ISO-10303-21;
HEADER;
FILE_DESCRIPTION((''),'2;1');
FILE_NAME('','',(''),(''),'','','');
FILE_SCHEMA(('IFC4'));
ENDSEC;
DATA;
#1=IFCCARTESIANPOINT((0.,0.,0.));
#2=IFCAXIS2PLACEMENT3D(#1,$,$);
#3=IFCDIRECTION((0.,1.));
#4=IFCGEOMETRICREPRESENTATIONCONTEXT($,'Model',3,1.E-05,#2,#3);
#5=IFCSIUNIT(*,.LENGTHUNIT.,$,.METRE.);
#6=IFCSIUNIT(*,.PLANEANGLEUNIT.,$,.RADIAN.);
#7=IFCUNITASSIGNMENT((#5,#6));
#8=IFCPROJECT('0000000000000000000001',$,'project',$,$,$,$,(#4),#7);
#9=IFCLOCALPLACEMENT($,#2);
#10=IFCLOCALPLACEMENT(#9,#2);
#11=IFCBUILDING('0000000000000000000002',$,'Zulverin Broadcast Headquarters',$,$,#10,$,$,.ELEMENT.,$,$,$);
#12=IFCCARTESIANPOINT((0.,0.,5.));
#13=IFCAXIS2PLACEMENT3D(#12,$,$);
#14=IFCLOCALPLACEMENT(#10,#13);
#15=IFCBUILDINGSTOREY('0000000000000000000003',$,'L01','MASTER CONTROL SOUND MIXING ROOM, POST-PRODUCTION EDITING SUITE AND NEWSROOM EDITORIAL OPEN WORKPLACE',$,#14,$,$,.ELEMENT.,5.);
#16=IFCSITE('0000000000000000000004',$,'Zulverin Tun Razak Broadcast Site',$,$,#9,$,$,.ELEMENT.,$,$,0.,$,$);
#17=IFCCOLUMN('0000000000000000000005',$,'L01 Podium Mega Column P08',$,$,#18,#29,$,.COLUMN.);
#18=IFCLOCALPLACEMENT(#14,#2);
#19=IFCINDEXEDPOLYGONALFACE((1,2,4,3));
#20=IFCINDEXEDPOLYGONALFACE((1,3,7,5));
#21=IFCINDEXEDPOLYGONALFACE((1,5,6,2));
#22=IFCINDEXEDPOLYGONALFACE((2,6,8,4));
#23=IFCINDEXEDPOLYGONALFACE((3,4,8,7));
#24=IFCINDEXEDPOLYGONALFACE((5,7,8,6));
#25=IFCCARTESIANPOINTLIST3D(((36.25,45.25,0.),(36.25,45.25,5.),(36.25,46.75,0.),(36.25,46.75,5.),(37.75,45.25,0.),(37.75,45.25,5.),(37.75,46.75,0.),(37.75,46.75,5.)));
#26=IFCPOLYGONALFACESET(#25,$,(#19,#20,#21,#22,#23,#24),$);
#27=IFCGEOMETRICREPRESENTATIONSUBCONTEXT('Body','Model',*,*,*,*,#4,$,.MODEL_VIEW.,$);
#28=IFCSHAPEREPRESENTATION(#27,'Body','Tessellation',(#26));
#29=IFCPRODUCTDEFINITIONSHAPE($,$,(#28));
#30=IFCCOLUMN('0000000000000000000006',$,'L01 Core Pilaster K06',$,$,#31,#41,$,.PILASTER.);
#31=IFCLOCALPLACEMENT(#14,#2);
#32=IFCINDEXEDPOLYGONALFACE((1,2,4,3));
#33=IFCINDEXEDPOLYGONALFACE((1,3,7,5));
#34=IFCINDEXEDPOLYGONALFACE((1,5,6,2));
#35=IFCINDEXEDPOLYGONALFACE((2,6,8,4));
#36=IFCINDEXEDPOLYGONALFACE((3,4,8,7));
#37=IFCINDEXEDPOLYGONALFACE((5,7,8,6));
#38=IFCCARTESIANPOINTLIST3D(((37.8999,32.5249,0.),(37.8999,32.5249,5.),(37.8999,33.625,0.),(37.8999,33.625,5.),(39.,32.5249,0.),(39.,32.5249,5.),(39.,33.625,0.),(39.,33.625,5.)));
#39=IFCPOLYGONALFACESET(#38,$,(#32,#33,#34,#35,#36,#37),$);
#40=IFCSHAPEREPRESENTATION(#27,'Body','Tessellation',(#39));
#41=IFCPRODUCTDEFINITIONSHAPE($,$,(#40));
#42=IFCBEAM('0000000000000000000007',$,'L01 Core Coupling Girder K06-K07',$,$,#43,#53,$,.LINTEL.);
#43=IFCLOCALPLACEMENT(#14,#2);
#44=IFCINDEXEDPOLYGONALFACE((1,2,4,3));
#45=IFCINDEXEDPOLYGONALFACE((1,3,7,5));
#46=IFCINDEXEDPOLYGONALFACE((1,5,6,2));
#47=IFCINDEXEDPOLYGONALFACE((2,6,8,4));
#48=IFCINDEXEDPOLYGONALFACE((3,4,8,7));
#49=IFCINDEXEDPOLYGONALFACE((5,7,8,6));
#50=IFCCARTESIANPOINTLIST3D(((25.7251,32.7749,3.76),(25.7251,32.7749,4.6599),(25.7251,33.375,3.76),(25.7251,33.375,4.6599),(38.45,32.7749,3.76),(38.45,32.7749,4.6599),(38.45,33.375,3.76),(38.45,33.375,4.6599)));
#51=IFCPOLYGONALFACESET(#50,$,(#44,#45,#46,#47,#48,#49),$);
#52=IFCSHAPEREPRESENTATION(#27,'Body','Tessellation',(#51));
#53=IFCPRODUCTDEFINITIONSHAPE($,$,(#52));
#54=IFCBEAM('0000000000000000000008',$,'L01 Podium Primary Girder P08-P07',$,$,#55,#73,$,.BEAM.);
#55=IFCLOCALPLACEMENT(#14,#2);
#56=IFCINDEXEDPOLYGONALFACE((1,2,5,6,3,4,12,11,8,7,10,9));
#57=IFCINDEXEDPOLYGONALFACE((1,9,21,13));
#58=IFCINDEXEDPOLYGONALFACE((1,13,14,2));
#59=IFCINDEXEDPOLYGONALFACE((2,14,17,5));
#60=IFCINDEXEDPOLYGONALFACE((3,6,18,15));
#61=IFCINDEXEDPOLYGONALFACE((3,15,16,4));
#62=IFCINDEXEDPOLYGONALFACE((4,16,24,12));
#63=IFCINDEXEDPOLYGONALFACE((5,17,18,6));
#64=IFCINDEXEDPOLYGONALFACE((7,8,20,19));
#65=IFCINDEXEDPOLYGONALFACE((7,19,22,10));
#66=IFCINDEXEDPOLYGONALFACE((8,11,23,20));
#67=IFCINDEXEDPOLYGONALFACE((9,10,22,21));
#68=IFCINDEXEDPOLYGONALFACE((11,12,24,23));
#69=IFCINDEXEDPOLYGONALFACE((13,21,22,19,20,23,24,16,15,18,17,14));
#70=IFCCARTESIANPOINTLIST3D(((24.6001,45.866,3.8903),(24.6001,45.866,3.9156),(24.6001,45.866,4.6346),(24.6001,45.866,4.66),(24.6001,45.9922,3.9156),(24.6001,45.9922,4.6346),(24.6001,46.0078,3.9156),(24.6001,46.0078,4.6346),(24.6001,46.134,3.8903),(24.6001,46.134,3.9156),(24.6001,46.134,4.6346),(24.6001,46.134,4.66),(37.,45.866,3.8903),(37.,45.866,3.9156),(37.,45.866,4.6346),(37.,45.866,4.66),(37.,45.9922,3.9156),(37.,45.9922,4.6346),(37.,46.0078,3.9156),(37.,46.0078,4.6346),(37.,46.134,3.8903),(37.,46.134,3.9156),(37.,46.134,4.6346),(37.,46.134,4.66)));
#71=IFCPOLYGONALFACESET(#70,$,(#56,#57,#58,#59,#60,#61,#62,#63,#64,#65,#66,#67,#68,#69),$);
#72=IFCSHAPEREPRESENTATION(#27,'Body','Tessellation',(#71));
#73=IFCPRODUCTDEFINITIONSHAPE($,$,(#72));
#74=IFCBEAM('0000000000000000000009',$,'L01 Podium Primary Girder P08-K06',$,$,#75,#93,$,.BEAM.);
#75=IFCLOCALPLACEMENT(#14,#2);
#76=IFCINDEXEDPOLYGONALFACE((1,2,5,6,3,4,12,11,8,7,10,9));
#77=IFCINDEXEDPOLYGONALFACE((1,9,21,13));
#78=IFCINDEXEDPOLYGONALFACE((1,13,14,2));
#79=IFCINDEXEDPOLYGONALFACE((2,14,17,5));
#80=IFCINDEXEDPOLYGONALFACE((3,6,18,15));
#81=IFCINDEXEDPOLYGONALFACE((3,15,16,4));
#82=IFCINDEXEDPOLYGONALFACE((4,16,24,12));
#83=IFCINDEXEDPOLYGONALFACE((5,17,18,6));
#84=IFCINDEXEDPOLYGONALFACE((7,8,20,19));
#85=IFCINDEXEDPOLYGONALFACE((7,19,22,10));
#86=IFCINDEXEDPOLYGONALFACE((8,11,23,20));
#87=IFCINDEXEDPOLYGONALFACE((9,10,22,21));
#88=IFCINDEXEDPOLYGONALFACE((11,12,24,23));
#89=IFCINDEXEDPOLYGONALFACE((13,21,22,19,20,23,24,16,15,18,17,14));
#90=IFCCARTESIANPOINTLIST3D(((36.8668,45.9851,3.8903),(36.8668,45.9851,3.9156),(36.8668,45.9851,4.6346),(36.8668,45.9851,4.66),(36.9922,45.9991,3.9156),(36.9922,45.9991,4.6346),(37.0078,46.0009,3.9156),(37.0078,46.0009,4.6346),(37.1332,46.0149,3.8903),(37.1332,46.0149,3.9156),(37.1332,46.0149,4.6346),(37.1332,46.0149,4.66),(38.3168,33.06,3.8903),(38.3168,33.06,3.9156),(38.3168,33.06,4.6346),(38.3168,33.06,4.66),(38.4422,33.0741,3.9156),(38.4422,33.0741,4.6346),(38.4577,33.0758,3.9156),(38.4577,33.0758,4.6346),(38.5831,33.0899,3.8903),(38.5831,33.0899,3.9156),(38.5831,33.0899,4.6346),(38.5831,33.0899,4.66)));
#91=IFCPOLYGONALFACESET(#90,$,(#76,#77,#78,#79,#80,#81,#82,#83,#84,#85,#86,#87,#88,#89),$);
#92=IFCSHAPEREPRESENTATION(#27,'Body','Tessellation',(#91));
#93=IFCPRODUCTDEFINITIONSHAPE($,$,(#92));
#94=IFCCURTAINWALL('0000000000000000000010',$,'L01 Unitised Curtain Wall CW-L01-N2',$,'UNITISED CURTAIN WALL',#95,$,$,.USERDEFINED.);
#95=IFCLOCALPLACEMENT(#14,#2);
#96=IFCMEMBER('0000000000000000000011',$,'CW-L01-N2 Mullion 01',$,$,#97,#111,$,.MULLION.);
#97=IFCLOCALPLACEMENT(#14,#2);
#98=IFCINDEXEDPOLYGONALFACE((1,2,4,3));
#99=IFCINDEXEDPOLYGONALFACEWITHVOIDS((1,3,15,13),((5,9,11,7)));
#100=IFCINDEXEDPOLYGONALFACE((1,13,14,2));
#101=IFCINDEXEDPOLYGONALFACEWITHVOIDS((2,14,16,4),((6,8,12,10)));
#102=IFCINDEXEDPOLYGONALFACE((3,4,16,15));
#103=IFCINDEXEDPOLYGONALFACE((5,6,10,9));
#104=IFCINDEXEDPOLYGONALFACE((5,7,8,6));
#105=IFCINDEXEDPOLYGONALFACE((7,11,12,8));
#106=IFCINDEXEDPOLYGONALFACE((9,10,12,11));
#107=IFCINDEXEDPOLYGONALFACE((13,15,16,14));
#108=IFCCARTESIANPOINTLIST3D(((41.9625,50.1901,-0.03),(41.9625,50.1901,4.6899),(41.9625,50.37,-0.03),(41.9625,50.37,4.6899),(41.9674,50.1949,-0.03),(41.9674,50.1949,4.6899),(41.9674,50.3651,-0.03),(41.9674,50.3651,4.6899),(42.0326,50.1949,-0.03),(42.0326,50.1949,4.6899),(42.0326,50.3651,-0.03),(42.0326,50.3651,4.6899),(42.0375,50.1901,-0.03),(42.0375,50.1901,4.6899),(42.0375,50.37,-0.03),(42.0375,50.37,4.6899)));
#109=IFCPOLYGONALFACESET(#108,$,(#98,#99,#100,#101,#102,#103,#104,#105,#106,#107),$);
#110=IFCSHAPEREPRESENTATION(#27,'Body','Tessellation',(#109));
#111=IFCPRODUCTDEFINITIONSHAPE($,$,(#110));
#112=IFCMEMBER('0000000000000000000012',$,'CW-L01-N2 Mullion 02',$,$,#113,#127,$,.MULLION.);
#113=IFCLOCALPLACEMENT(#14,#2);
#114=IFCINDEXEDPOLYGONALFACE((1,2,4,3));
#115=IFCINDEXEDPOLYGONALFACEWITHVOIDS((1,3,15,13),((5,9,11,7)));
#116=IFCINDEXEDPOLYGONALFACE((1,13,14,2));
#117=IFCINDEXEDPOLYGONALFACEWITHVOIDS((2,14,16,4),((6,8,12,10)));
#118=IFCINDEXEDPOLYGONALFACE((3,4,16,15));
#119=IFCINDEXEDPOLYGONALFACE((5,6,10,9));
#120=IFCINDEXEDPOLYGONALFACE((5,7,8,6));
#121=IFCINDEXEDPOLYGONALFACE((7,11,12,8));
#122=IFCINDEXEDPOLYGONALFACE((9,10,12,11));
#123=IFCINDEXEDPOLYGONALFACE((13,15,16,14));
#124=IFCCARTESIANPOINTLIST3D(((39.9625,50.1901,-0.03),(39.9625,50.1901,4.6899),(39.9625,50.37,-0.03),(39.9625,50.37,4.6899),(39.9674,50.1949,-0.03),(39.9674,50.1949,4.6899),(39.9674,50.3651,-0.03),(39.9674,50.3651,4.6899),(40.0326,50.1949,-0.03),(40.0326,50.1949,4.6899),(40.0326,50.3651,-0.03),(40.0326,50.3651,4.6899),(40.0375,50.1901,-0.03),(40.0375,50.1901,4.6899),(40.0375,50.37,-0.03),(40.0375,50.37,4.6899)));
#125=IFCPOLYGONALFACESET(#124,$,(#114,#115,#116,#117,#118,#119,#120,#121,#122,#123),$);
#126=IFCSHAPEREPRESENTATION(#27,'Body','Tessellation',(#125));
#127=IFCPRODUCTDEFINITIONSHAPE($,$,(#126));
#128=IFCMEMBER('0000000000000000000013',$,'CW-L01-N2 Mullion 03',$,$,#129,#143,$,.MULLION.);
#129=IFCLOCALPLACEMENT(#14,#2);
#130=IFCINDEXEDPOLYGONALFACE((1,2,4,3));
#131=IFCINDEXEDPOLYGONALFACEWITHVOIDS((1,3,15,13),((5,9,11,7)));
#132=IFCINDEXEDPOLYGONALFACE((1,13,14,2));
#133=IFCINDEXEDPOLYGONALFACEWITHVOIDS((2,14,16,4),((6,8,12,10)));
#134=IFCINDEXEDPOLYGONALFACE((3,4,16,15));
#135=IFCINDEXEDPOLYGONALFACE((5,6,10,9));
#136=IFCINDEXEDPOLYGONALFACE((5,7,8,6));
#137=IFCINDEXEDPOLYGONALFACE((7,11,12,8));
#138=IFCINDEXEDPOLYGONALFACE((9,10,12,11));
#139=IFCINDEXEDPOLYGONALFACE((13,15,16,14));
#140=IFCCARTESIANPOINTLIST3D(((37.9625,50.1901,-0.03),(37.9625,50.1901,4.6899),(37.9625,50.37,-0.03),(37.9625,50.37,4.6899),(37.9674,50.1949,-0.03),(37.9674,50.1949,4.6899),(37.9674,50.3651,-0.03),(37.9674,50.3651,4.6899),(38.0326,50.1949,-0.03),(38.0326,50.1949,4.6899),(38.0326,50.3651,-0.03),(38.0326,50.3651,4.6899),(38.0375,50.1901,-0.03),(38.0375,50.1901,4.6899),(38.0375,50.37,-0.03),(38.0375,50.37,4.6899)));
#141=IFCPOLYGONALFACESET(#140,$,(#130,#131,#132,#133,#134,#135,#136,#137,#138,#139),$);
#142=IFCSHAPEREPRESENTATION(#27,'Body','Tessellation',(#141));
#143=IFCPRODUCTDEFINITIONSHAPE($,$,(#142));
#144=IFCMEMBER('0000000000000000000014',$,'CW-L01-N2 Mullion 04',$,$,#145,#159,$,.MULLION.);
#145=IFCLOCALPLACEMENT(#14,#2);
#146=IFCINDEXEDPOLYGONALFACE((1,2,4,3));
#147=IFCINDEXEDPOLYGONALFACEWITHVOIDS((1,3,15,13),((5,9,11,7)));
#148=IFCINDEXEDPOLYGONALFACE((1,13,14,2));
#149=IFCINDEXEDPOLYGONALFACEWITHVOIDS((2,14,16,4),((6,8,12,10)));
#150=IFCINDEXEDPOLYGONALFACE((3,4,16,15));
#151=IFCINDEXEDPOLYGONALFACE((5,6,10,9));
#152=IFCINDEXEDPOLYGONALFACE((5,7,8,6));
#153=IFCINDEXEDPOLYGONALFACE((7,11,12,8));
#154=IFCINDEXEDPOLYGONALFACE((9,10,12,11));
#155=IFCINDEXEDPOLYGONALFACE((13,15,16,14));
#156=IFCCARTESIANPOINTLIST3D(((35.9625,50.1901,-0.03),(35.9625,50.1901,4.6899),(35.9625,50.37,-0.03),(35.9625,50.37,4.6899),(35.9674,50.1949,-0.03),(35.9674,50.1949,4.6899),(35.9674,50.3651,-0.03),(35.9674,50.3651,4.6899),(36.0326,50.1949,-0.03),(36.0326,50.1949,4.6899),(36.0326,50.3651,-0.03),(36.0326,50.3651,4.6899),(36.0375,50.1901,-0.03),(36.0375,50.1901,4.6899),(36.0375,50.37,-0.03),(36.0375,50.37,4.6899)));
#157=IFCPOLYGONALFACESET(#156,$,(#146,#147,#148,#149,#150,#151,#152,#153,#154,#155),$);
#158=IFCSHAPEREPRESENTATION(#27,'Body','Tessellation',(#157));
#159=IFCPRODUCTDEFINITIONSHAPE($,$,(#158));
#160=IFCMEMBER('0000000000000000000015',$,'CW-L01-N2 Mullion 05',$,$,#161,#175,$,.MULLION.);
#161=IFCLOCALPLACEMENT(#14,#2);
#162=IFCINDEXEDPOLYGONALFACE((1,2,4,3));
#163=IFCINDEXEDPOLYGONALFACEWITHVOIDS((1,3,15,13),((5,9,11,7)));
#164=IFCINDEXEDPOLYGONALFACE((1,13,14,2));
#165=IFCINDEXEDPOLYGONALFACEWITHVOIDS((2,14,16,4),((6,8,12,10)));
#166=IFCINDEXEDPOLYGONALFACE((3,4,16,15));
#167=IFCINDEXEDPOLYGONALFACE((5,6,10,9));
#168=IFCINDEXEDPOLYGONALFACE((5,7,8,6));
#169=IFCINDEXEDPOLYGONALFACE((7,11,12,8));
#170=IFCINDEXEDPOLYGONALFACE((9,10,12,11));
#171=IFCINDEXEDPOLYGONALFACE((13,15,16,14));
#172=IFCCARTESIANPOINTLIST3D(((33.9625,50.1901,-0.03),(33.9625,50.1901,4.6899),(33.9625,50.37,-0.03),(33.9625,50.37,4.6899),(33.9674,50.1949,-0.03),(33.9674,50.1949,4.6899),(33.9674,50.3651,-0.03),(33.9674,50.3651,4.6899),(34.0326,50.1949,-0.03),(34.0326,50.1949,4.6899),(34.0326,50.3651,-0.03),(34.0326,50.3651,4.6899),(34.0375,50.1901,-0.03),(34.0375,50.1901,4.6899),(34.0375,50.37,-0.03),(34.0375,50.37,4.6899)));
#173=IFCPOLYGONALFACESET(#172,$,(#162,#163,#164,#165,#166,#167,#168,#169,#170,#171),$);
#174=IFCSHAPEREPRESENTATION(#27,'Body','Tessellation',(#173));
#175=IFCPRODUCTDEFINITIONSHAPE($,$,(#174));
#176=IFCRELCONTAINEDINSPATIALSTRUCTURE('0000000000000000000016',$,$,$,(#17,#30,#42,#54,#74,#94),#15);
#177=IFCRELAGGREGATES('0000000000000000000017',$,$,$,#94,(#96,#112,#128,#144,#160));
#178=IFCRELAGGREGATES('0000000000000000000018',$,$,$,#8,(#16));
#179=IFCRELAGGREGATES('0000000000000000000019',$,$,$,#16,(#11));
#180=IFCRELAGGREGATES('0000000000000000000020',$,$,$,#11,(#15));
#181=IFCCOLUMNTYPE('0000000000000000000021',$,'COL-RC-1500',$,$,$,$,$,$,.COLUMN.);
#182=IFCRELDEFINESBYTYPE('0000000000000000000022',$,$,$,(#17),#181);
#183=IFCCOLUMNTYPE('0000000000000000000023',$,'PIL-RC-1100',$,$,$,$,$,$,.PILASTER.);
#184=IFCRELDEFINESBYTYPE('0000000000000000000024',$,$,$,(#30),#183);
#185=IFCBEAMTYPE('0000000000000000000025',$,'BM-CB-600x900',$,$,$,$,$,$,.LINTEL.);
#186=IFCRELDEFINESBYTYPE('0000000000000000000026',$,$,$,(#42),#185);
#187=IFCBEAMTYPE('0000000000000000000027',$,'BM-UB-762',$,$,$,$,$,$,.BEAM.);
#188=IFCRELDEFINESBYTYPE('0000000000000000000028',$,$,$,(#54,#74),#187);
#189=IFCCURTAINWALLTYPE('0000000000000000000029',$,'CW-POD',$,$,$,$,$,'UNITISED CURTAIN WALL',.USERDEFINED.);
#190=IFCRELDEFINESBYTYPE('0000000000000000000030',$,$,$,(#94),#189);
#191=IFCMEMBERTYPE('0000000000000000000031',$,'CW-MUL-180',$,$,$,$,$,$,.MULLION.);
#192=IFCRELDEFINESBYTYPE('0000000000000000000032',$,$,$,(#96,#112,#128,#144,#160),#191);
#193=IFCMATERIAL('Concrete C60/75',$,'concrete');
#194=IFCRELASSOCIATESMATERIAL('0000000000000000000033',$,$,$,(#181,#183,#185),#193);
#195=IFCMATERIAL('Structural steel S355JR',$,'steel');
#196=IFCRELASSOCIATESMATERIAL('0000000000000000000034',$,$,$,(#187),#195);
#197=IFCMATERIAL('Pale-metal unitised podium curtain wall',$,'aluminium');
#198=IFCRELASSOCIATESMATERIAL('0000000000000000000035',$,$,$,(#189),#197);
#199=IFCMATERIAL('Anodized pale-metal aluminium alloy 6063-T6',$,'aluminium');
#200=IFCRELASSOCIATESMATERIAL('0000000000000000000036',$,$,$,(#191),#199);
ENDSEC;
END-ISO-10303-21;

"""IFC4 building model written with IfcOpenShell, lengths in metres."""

from ifc_helpers import new_model, si_unit, direction, frame, origin, origin_2d, place, context, subcontext, project, spatial, rectangle, hollow_rectangle, i_section, extrude, material, material_profile, profile_set, type_object, element, aggregate, save


model = new_model("IFC4")

# Units and contexts
model_context = context("Model", 3, precision=1e-05, world=origin(), true_north=direction((0.0, 1.0)))
body_context = subcontext(model_context, "Body", "Model", "MODEL_VIEW")
ifc_project = project(units=[si_unit("LENGTHUNIT", "METRE"), si_unit("PLANEANGLEUNIT", "RADIAN")], contexts=[model_context])

# Site, building, storey
site_placement = place(None, origin())
site = spatial("IfcSite", under=ifc_project, at=site_placement, Name="Zulverin Tun Razak Broadcast Site", CompositionType="ELEMENT", RefElevation=0.0)
building_placement = place(site_placement, origin())
building = spatial("IfcBuilding", under=site, at=building_placement, Name="Zulverin Broadcast Headquarters", CompositionType="ELEMENT")
storey_placement = place(building_placement, frame((0.0, 0.0, 5.0)))
storey = spatial("IfcBuildingStorey", under=building, at=storey_placement, Name="L01", Description="MASTER CONTROL SOUND MIXING ROOM, POST-PRODUCTION EDITING SUITE AND NEWSROOM EDITORIAL OPEN WORKPLACE", CompositionType="ELEMENT", Elevation=5.0)

# Columns
ifc_material_1 = material(Name="Concrete C60/75", Category="concrete")
ifc_material_profile_1 = material_profile(ifc_material_1, rectangle(XDim=1.5, YDim=1.5, at=origin_2d()), Name="Concrete C60/75", Category="concrete")
ifc_profile_set_1 = profile_set([ifc_material_profile_1], Name="Concrete C60/75")
column_type_1 = type_object("IfcColumnType", Name="COL-RC-1500", PredefinedType="COLUMN", material=ifc_profile_set_1)
column_1_placement = place(storey_placement, frame((37.0, 46.0, 0.0), z_axis=(0.0, 0.0, 1.0), x_axis=(1.0, 0.0, 0.0)))
element("IfcColumn", 1, at=column_1_placement, inside=storey, type_object=column_type_1, Name="L01 Podium Mega Column P08", PredefinedType="COLUMN", context=body_context, shape_type="SweptSolid", body=[
    extrude(rectangle(XDim=1.5, YDim=1.5, at=origin_2d()), origin(), (0.0, 0.0, 1.0), 5.0),
])
ifc_material_profile_2 = material_profile(ifc_material_1, rectangle(XDim=1.1001, YDim=1.1001, at=origin_2d()), Name="Concrete C60/75", Category="concrete")
ifc_profile_set_2 = profile_set([ifc_material_profile_2], Name="Concrete C60/75")
column_type_2 = type_object("IfcColumnType", Name="PIL-RC-1100", PredefinedType="PILASTER", material=ifc_profile_set_2)
column_2_placement = place(storey_placement, frame((38.45, 33.075, 0.0), z_axis=(0.0, 0.0, 1.0), x_axis=(1.0, 0.0, 0.0)))
element("IfcColumn", 2, at=column_2_placement, inside=storey, type_object=column_type_2, Name="L01 Core Pilaster K06", PredefinedType="PILASTER", context=body_context, shape_type="SweptSolid", body=[
    extrude(rectangle(XDim=1.1001, YDim=1.1001, at=origin_2d()), origin(), (0.0, 0.0, 1.0), 5.0),
])

# Beams
ifc_material_profile_3 = material_profile(ifc_material_1, rectangle(XDim=0.6001, YDim=0.8999, at=origin_2d()), Name="Concrete C60/75", Category="concrete")
ifc_profile_set_3 = profile_set([ifc_material_profile_3], Name="Concrete C60/75")
beam_type_1 = type_object("IfcBeamType", Name="BM-CB-600x900", PredefinedType="LINTEL", material=ifc_profile_set_3)
beam_1_placement = place(storey_placement, frame((38.45, 33.075, 4.21), z_axis=(-1.0, 0.0, 0.0), x_axis=(0.0, -1.0, 0.0)))
element("IfcBeam", 3, at=beam_1_placement, inside=storey, type_object=beam_type_1, Name="L01 Core Coupling Girder K06-K07", PredefinedType="LINTEL", context=body_context, shape_type="SweptSolid", body=[
    extrude(rectangle(XDim=0.6001, YDim=0.8999, at=origin_2d()), origin(), (0.0, 0.0, 1.0), 12.7249),
])
ifc_material_2 = material(Name="Structural steel S355JR", Category="steel")
ifc_material_profile_4 = material_profile(ifc_material_2, i_section(OverallWidth=0.2681, OverallDepth=0.7698, WebThickness=0.0156, FlangeThickness=0.0254, at=origin_2d()), Name="Structural steel S355JR", Category="steel")
ifc_profile_set_4 = profile_set([ifc_material_profile_4], Name="Structural steel S355JR")
beam_type_2 = type_object("IfcBeamType", Name="BM-UB-762", PredefinedType="BEAM", material=ifc_profile_set_4)
beam_2_placement = place(storey_placement, frame((37.0, 46.0, 4.2751), z_axis=(-1.0, 0.0, 0.0), x_axis=(0.0, -1.0, 0.0)))
element("IfcBeam", 4, at=beam_2_placement, inside=storey, type_object=beam_type_2, Name="L01 Podium Primary Girder P08-P07", PredefinedType="BEAM", context=body_context, shape_type="SweptSolid", body=[
    extrude(i_section(OverallWidth=0.2681, OverallDepth=0.7698, WebThickness=0.0156, FlangeThickness=0.0254, at=origin_2d()), origin(), (0.0, 0.0, 1.0), 12.3999),
])
beam_3_placement = place(storey_placement, frame((37.0, 46.0, 4.2751), z_axis=(0.111482, -0.993766, 0.0), x_axis=(0.993766, 0.111482, 0.0)))
element("IfcBeam", 5, at=beam_3_placement, inside=storey, type_object=beam_type_2, Name="L01 Podium Primary Girder P08-K06", PredefinedType="BEAM", context=body_context, shape_type="SweptSolid", body=[
    extrude(i_section(OverallWidth=0.2681, OverallDepth=0.7698, WebThickness=0.0156, FlangeThickness=0.0254, at=origin_2d()), origin(), (0.0, 0.0, 1.0), 13.0061),
])

# Curtain wall, members
ifc_material_3 = material(Name="Pale-metal unitised podium curtain wall", Category="aluminium")
curtain_wall_type = type_object("IfcCurtainWallType", Name="CW-POD", ElementType="UNITISED CURTAIN WALL", PredefinedType="USERDEFINED", material=ifc_material_3)
curtain_wall_placement = place(storey_placement, origin())
curtain_wall = element("IfcCurtainWall", 6, at=curtain_wall_placement, inside=storey, type_object=curtain_wall_type, Name="L01 Unitised Curtain Wall CW-L01-N2", ObjectType="UNITISED CURTAIN WALL", PredefinedType="USERDEFINED")
ifc_material_4 = material(Name="Anodized pale-metal aluminium alloy 6063-T6", Category="aluminium")
ifc_material_profile_5 = material_profile(ifc_material_4, hollow_rectangle(XDim=0.075, YDim=0.1799, WallThickness=0.0049, at=origin_2d()), Name="Anodized pale-metal aluminium alloy 6063-T6", Category="aluminium")
ifc_profile_set_5 = profile_set([ifc_material_profile_5], Name="Anodized pale-metal aluminium alloy 6063-T6")
member_type = type_object("IfcMemberType", Name="CW-MUL-180", PredefinedType="MULLION", material=ifc_profile_set_5)
member_1_placement = place(storey_placement, frame((42.0, 50.28, -0.03), z_axis=(0.0, 0.0, 1.0), x_axis=(-1.0, 0.0, 0.0)))
member_1 = element("IfcMember", 7, at=member_1_placement, type_object=member_type, Name="CW-L01-N2 Mullion 01", PredefinedType="MULLION", context=body_context, shape_type="SweptSolid", body=[
    extrude(hollow_rectangle(XDim=0.075, YDim=0.1799, WallThickness=0.0049, at=origin_2d()), origin(), (0.0, 0.0, 1.0), 4.72),
])
member_2_placement = place(storey_placement, frame((40.0, 50.28, -0.03), z_axis=(0.0, 0.0, 1.0), x_axis=(-1.0, 0.0, 0.0)))
member_2 = element("IfcMember", 8, at=member_2_placement, type_object=member_type, Name="CW-L01-N2 Mullion 02", PredefinedType="MULLION", context=body_context, shape_type="SweptSolid", body=[
    extrude(hollow_rectangle(XDim=0.075, YDim=0.1799, WallThickness=0.0049, at=origin_2d()), origin(), (0.0, 0.0, 1.0), 4.72),
])
member_3_placement = place(storey_placement, frame((38.0, 50.28, -0.03), z_axis=(0.0, 0.0, 1.0), x_axis=(-1.0, 0.0, 0.0)))
member_3 = element("IfcMember", 9, at=member_3_placement, type_object=member_type, Name="CW-L01-N2 Mullion 03", PredefinedType="MULLION", context=body_context, shape_type="SweptSolid", body=[
    extrude(hollow_rectangle(XDim=0.075, YDim=0.1799, WallThickness=0.0049, at=origin_2d()), origin(), (0.0, 0.0, 1.0), 4.72),
])
member_4_placement = place(storey_placement, frame((36.0, 50.28, -0.03), z_axis=(0.0, 0.0, 1.0), x_axis=(-1.0, 0.0, 0.0)))
member_4 = element("IfcMember", 10, at=member_4_placement, type_object=member_type, Name="CW-L01-N2 Mullion 04", PredefinedType="MULLION", context=body_context, shape_type="SweptSolid", body=[
    extrude(hollow_rectangle(XDim=0.075, YDim=0.1799, WallThickness=0.0049, at=origin_2d()), origin(), (0.0, 0.0, 1.0), 4.72),
])
member_5_placement = place(storey_placement, frame((34.0, 50.28, -0.03), z_axis=(0.0, 0.0, 1.0), x_axis=(-1.0, 0.0, 0.0)))
member_5 = element("IfcMember", 11, at=member_5_placement, type_object=member_type, Name="CW-L01-N2 Mullion 05", PredefinedType="MULLION", context=body_context, shape_type="SweptSolid", body=[
    extrude(hollow_rectangle(XDim=0.075, YDim=0.1799, WallThickness=0.0049, at=origin_2d()), origin(), (0.0, 0.0, 1.0), 4.72),
])
aggregate(curtain_wall, [member_1, member_2, member_3, member_4, member_5])

save(model, "model.ifc")
